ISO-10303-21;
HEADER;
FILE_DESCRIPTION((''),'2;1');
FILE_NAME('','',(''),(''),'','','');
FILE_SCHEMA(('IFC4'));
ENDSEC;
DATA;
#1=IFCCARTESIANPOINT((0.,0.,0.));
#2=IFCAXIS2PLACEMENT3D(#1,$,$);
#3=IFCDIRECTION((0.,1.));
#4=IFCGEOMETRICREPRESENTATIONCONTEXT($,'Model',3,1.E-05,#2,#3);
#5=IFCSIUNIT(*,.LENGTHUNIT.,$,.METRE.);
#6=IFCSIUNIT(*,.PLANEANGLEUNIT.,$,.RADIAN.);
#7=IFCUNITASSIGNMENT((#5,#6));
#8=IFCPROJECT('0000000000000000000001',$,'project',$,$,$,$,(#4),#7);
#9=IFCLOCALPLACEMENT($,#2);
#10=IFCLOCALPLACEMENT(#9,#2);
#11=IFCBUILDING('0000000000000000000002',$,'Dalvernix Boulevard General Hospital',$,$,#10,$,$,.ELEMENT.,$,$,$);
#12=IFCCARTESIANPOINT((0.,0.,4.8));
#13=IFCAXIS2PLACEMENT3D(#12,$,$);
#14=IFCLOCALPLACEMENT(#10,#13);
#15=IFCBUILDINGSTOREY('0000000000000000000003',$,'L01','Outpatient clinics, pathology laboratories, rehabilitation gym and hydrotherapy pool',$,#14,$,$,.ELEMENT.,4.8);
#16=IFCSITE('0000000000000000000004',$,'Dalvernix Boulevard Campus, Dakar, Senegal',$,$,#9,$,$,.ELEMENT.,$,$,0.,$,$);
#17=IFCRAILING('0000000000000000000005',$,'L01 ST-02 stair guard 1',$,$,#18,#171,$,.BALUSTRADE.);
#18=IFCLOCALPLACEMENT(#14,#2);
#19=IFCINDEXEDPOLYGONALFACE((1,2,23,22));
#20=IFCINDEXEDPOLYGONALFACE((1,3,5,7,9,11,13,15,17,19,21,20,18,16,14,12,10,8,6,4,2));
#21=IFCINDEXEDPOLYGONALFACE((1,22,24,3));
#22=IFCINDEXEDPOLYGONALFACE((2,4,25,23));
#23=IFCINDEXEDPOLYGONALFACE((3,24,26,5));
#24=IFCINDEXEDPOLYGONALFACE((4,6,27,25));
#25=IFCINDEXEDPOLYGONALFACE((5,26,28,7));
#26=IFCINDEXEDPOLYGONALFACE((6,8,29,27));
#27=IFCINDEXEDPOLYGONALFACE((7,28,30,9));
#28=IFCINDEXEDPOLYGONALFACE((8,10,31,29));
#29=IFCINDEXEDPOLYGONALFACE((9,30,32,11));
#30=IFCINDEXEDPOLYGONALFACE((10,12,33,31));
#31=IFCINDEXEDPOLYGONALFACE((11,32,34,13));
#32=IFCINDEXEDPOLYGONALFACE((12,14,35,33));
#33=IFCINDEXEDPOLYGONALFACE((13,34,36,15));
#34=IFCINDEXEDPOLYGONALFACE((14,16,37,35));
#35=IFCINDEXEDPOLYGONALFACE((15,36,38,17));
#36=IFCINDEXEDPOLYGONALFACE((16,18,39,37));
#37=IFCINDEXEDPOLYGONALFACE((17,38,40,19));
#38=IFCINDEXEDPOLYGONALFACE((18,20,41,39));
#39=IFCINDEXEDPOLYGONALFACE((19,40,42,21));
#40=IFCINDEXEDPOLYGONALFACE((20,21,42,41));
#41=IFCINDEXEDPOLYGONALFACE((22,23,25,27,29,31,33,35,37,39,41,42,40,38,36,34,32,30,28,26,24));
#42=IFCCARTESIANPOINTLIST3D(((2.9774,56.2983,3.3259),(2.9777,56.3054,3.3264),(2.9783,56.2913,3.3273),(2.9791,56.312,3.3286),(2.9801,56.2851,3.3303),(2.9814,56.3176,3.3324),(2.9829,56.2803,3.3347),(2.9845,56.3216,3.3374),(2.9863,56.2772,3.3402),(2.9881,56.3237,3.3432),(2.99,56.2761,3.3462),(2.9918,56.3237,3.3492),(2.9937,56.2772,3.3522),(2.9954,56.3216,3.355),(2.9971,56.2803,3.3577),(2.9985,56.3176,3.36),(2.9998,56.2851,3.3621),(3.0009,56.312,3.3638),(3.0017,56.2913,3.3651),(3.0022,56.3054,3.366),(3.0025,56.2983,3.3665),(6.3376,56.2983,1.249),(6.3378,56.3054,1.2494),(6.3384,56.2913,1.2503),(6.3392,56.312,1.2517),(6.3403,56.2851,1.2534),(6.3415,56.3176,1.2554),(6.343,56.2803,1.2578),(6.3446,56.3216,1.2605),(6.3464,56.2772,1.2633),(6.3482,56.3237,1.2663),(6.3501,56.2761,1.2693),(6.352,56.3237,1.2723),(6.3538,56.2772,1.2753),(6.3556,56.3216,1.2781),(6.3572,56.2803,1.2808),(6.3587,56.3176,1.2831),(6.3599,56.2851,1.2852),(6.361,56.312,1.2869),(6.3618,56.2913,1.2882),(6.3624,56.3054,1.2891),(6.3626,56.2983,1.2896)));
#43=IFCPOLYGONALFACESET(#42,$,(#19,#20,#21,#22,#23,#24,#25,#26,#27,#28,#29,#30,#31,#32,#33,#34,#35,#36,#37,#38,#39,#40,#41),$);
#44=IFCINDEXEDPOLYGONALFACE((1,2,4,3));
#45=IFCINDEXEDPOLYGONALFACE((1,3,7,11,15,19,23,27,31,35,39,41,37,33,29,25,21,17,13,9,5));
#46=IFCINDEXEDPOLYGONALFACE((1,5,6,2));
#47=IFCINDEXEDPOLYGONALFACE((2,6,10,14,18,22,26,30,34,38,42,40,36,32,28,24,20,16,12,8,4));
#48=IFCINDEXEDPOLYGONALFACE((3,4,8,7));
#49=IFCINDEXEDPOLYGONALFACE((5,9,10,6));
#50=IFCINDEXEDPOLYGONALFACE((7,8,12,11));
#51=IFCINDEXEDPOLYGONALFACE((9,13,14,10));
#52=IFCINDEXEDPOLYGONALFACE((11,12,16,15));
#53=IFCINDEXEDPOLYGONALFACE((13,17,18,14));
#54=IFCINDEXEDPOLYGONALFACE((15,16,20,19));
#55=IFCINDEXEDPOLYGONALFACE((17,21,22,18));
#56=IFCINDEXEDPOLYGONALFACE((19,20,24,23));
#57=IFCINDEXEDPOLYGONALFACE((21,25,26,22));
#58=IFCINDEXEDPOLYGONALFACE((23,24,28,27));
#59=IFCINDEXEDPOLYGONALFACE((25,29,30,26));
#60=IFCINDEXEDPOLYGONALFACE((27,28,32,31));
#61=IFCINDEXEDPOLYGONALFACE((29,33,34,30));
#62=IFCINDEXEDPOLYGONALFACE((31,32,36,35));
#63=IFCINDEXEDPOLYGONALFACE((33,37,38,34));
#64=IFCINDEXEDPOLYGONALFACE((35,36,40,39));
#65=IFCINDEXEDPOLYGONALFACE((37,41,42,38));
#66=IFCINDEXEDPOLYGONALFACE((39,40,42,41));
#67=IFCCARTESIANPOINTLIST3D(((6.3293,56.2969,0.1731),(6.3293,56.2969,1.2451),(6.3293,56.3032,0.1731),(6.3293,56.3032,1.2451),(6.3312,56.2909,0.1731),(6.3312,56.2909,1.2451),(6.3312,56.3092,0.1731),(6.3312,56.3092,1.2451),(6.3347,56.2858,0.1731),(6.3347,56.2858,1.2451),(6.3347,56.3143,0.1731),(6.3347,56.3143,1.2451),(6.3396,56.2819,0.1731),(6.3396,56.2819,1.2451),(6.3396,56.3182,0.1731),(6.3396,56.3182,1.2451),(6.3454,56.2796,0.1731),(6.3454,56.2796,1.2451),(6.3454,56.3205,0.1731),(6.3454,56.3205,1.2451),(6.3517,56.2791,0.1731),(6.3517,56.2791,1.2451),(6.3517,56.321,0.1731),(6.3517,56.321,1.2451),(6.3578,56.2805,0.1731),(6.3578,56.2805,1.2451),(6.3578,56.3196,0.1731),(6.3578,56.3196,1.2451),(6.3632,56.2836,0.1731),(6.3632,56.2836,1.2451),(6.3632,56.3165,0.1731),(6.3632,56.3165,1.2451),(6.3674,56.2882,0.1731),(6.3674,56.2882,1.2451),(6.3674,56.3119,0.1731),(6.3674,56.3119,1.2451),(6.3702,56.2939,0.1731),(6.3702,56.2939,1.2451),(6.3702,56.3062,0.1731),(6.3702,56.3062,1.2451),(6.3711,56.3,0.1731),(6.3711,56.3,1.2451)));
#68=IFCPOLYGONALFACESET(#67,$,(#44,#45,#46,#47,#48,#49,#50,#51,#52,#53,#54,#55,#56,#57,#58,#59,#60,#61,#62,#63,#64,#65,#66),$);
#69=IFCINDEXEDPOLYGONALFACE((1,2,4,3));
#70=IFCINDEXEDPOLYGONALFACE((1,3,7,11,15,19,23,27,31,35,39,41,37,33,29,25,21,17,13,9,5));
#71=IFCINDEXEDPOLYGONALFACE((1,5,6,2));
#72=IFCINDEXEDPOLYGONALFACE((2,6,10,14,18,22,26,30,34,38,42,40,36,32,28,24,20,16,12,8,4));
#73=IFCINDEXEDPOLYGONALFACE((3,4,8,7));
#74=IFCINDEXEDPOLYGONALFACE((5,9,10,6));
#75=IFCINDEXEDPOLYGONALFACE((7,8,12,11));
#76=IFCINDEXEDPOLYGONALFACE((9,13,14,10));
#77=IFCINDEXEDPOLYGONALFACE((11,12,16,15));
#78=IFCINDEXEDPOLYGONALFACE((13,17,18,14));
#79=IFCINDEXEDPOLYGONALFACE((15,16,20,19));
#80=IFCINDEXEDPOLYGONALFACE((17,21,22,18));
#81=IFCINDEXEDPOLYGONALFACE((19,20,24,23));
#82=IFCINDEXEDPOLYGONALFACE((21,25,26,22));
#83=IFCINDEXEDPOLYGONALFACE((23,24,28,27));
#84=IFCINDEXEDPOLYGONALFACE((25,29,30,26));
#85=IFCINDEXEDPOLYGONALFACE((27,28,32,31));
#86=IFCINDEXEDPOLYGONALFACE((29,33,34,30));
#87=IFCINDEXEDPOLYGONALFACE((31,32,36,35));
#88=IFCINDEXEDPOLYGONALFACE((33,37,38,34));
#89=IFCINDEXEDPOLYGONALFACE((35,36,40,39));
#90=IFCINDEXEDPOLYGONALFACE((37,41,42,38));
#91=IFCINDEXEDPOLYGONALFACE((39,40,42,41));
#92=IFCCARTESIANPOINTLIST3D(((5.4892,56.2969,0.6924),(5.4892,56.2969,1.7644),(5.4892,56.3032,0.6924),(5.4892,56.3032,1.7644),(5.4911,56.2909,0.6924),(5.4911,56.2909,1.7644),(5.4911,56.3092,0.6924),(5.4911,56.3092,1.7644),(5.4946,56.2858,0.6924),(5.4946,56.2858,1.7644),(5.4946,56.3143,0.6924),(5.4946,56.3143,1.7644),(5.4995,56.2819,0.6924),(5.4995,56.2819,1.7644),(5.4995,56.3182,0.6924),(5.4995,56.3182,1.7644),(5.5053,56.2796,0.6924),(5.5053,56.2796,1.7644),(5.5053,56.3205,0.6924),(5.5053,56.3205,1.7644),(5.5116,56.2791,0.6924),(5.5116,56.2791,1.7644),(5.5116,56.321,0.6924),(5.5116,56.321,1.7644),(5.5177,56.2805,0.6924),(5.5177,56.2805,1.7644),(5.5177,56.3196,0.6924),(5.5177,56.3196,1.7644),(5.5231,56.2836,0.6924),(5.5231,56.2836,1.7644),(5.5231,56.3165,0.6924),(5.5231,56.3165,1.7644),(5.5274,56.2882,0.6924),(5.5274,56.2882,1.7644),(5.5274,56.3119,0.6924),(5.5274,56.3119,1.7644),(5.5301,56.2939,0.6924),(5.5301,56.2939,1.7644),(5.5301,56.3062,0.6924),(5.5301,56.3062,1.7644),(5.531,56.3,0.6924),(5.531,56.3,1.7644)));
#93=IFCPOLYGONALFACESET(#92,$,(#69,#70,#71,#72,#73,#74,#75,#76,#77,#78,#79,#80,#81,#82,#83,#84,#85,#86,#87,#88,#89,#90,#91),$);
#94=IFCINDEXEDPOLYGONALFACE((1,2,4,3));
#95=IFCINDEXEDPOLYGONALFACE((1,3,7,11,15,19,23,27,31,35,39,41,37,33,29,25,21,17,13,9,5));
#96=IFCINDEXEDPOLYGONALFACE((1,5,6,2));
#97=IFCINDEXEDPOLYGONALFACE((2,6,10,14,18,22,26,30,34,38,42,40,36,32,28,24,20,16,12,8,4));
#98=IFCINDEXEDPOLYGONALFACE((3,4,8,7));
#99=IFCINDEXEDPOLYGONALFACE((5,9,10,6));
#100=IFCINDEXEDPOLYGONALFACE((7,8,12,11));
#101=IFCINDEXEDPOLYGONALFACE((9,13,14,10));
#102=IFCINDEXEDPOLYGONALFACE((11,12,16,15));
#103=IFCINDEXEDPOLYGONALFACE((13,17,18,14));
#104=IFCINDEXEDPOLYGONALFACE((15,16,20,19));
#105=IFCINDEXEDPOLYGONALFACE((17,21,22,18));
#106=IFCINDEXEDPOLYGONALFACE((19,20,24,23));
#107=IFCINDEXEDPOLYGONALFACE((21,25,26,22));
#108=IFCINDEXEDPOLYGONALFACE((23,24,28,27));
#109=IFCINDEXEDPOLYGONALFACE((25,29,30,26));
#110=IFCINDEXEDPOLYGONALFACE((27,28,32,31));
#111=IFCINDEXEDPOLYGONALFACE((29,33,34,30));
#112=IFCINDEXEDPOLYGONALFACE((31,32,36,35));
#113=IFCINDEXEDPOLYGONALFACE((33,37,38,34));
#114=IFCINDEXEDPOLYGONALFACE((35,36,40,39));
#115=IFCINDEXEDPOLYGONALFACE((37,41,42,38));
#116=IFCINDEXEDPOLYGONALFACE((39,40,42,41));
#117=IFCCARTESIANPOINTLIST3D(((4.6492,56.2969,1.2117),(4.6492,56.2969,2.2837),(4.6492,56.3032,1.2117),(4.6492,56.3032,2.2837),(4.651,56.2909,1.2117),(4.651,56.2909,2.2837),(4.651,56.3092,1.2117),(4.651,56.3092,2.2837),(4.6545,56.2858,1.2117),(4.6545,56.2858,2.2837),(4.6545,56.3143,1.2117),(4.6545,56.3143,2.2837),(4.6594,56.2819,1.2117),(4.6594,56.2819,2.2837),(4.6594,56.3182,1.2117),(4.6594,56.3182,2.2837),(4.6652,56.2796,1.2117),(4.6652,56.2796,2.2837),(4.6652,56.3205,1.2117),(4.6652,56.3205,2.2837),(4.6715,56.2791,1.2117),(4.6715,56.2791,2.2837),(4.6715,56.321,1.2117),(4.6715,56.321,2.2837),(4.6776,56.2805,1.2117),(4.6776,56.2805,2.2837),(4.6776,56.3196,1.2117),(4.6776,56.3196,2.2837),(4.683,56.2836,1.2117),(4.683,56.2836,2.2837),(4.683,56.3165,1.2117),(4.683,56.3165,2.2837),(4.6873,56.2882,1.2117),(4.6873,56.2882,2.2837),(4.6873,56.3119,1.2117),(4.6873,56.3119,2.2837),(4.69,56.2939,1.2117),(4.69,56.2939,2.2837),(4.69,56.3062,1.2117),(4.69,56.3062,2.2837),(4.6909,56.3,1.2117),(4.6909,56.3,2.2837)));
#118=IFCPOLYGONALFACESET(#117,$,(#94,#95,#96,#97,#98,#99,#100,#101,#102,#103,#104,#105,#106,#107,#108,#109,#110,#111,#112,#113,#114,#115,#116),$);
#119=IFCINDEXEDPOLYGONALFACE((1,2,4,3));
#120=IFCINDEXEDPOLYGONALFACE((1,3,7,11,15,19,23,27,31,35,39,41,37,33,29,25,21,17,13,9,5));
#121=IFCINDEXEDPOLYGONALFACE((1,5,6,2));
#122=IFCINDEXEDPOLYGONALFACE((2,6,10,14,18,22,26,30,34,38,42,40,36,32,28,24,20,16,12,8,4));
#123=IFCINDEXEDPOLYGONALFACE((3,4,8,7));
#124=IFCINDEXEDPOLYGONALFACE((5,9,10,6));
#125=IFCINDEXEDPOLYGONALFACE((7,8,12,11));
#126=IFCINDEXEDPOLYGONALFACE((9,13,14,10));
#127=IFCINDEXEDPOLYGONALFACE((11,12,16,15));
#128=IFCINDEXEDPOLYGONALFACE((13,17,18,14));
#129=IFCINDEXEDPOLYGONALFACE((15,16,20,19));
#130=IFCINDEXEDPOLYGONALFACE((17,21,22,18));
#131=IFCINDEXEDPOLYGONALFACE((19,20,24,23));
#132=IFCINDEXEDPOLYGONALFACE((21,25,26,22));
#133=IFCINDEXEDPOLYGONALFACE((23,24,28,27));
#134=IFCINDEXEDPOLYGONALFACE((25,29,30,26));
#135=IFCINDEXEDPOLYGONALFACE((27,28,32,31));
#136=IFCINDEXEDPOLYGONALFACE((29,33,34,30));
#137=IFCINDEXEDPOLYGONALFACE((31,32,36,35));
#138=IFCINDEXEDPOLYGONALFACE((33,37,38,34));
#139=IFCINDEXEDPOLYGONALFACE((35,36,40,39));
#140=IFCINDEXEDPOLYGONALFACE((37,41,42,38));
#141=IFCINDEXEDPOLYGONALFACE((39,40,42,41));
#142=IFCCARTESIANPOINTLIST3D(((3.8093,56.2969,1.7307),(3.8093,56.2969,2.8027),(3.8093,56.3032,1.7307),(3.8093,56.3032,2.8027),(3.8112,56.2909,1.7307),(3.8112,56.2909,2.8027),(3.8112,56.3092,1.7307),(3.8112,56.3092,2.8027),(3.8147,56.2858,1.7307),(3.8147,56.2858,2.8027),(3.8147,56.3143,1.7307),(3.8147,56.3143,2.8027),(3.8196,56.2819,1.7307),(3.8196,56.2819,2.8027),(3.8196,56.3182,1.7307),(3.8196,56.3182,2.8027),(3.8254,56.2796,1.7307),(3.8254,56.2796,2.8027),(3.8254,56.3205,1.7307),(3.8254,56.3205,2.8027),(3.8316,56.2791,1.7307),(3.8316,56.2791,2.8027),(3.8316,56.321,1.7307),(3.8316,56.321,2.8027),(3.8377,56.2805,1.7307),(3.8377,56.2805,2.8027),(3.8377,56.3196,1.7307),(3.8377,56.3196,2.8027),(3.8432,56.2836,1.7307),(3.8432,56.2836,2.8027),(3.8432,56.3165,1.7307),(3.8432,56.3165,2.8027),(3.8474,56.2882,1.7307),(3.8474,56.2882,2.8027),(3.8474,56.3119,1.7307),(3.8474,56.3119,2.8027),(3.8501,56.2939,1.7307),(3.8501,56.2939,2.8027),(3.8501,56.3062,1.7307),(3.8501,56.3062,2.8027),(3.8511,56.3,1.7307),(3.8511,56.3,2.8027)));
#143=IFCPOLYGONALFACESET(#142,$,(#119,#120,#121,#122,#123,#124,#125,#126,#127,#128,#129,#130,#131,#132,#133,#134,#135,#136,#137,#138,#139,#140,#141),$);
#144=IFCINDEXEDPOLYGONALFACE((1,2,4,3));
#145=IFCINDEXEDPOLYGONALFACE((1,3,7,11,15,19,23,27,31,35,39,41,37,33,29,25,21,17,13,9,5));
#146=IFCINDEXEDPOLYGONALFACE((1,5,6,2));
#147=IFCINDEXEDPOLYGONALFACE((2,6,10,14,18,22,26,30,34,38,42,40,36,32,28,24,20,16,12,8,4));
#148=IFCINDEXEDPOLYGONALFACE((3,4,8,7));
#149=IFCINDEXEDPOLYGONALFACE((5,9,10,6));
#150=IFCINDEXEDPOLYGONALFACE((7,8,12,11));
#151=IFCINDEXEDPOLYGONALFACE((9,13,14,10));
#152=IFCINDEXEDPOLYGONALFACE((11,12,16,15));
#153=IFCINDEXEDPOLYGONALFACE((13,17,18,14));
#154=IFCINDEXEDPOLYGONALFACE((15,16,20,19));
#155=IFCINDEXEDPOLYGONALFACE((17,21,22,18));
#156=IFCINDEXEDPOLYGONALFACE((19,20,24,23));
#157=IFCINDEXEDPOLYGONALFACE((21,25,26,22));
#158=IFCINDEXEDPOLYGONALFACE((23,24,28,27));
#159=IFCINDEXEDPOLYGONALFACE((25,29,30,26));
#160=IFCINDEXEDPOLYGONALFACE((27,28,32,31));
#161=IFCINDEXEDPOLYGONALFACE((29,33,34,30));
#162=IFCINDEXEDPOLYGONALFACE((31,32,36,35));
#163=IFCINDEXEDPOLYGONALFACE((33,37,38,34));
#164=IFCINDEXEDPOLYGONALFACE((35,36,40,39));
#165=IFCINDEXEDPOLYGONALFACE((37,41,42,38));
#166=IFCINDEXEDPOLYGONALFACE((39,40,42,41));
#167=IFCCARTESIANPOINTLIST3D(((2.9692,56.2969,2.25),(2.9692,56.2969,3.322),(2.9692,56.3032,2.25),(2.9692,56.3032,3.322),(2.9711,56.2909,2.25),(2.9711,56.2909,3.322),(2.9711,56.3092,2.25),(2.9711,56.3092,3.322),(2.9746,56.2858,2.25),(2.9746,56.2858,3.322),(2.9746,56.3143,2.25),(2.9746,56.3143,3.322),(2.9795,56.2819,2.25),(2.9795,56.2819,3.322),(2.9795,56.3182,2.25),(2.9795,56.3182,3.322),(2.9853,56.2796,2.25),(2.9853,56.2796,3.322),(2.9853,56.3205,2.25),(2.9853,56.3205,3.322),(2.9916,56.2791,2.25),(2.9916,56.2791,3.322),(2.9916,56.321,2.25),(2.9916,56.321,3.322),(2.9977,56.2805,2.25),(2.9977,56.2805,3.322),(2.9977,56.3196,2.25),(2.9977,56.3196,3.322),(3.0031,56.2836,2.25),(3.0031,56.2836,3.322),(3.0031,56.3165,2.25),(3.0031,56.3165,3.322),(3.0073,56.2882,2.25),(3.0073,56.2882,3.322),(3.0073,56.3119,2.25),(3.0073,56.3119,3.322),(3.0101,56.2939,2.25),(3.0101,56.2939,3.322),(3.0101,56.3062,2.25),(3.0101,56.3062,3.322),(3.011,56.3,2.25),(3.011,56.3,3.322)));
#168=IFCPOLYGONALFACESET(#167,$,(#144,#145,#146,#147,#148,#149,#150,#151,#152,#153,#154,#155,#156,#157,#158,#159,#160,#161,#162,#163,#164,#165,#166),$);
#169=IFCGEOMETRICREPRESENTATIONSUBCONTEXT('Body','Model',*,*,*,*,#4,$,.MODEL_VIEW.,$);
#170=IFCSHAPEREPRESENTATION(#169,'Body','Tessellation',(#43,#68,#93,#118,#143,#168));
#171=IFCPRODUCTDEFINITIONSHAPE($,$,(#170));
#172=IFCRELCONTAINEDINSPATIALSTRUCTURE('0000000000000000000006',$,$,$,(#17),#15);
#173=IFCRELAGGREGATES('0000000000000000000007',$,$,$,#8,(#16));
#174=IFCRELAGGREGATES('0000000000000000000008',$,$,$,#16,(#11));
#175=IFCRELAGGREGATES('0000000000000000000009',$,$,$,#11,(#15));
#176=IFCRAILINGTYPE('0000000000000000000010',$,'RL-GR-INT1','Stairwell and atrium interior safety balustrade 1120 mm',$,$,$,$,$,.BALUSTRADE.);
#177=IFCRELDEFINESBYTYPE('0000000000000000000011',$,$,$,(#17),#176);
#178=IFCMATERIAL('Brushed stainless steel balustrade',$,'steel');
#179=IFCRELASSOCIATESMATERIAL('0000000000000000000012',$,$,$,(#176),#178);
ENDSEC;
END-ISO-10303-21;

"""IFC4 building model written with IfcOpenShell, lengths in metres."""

from ifc_helpers import new_model, si_unit, direction, frame, origin, origin_2d, place, context, subcontext, project, spatial, circle, extrude, material, type_object, element, save


model = new_model("IFC4")

# Units and contexts
model_context = context("Model", 3, precision=1e-05, world=origin(), true_north=direction((0.0, 1.0)))
body_context = subcontext(model_context, "Body", "Model", "MODEL_VIEW")
ifc_project = project(units=[si_unit("LENGTHUNIT", "METRE"), si_unit("PLANEANGLEUNIT", "RADIAN")], contexts=[model_context])

# Site, building, storey
site_placement = place(None, origin())
site = spatial("IfcSite", under=ifc_project, at=site_placement, Name="Dalvernix Boulevard Campus, Dakar, Senegal", CompositionType="ELEMENT", RefElevation=0.0)
building_placement = place(site_placement, origin())
building = spatial("IfcBuilding", under=site, at=building_placement, Name="Dalvernix Boulevard General Hospital", CompositionType="ELEMENT")
storey_placement = place(building_placement, frame((0.0, 0.0, 4.8)))
storey = spatial("IfcBuildingStorey", under=building, at=storey_placement, Name="L01", Description="Outpatient clinics, pathology laboratories, rehabilitation gym and hydrotherapy pool", CompositionType="ELEMENT", Elevation=4.8)

# Railing
ifc_material_1 = material(Name="Brushed stainless steel balustrade", Category="steel")
railing_type_1 = type_object("IfcRailingType", Name="RL-GR-INT1", Description="Stairwell and atrium interior safety balustrade 1120 mm", PredefinedType="BALUSTRADE", material=ifc_material_1)
railing_1_placement = place(storey_placement, frame((6.3501, 56.3, 0.1731)))
element("IfcRailing", 1, at=railing_1_placement, inside=storey, type_object=railing_type_1, Name="L01 ST-02 stair guard 1", PredefinedType="BALUSTRADE", context=body_context, shape_type="SweptSolid", body=[
    extrude(circle(Radius=0.0239, at=origin_2d()), frame((0.0, 0.0, 1.0962), z_axis=(-0.850623, 0.0, 0.525776), x_axis=(0.0, -1.0, 0.0)), (0.0, 0.0, 1.0), 3.9502),
    extrude(circle(Radius=0.021, at=origin_2d()), origin(), (0.0, 0.0, 1.0), 1.072),
    extrude(circle(Radius=0.021, at=origin_2d()), frame((-0.8401, 0.0, 0.5193)), (0.0, 0.0, 1.0), 1.072),
    extrude(circle(Radius=0.021, at=origin_2d()), frame((-1.6802, 0.0, 1.0386)), (0.0, 0.0, 1.0), 1.072),
    extrude(circle(Radius=0.021, at=origin_2d()), frame((-2.52, 0.0, 1.5576)), (0.0, 0.0, 1.0), 1.072),
    extrude(circle(Radius=0.021, at=origin_2d()), frame((-3.3601, 0.0, 2.0769)), (0.0, 0.0, 1.0), 1.072),
])

save(model, "model.ifc")
